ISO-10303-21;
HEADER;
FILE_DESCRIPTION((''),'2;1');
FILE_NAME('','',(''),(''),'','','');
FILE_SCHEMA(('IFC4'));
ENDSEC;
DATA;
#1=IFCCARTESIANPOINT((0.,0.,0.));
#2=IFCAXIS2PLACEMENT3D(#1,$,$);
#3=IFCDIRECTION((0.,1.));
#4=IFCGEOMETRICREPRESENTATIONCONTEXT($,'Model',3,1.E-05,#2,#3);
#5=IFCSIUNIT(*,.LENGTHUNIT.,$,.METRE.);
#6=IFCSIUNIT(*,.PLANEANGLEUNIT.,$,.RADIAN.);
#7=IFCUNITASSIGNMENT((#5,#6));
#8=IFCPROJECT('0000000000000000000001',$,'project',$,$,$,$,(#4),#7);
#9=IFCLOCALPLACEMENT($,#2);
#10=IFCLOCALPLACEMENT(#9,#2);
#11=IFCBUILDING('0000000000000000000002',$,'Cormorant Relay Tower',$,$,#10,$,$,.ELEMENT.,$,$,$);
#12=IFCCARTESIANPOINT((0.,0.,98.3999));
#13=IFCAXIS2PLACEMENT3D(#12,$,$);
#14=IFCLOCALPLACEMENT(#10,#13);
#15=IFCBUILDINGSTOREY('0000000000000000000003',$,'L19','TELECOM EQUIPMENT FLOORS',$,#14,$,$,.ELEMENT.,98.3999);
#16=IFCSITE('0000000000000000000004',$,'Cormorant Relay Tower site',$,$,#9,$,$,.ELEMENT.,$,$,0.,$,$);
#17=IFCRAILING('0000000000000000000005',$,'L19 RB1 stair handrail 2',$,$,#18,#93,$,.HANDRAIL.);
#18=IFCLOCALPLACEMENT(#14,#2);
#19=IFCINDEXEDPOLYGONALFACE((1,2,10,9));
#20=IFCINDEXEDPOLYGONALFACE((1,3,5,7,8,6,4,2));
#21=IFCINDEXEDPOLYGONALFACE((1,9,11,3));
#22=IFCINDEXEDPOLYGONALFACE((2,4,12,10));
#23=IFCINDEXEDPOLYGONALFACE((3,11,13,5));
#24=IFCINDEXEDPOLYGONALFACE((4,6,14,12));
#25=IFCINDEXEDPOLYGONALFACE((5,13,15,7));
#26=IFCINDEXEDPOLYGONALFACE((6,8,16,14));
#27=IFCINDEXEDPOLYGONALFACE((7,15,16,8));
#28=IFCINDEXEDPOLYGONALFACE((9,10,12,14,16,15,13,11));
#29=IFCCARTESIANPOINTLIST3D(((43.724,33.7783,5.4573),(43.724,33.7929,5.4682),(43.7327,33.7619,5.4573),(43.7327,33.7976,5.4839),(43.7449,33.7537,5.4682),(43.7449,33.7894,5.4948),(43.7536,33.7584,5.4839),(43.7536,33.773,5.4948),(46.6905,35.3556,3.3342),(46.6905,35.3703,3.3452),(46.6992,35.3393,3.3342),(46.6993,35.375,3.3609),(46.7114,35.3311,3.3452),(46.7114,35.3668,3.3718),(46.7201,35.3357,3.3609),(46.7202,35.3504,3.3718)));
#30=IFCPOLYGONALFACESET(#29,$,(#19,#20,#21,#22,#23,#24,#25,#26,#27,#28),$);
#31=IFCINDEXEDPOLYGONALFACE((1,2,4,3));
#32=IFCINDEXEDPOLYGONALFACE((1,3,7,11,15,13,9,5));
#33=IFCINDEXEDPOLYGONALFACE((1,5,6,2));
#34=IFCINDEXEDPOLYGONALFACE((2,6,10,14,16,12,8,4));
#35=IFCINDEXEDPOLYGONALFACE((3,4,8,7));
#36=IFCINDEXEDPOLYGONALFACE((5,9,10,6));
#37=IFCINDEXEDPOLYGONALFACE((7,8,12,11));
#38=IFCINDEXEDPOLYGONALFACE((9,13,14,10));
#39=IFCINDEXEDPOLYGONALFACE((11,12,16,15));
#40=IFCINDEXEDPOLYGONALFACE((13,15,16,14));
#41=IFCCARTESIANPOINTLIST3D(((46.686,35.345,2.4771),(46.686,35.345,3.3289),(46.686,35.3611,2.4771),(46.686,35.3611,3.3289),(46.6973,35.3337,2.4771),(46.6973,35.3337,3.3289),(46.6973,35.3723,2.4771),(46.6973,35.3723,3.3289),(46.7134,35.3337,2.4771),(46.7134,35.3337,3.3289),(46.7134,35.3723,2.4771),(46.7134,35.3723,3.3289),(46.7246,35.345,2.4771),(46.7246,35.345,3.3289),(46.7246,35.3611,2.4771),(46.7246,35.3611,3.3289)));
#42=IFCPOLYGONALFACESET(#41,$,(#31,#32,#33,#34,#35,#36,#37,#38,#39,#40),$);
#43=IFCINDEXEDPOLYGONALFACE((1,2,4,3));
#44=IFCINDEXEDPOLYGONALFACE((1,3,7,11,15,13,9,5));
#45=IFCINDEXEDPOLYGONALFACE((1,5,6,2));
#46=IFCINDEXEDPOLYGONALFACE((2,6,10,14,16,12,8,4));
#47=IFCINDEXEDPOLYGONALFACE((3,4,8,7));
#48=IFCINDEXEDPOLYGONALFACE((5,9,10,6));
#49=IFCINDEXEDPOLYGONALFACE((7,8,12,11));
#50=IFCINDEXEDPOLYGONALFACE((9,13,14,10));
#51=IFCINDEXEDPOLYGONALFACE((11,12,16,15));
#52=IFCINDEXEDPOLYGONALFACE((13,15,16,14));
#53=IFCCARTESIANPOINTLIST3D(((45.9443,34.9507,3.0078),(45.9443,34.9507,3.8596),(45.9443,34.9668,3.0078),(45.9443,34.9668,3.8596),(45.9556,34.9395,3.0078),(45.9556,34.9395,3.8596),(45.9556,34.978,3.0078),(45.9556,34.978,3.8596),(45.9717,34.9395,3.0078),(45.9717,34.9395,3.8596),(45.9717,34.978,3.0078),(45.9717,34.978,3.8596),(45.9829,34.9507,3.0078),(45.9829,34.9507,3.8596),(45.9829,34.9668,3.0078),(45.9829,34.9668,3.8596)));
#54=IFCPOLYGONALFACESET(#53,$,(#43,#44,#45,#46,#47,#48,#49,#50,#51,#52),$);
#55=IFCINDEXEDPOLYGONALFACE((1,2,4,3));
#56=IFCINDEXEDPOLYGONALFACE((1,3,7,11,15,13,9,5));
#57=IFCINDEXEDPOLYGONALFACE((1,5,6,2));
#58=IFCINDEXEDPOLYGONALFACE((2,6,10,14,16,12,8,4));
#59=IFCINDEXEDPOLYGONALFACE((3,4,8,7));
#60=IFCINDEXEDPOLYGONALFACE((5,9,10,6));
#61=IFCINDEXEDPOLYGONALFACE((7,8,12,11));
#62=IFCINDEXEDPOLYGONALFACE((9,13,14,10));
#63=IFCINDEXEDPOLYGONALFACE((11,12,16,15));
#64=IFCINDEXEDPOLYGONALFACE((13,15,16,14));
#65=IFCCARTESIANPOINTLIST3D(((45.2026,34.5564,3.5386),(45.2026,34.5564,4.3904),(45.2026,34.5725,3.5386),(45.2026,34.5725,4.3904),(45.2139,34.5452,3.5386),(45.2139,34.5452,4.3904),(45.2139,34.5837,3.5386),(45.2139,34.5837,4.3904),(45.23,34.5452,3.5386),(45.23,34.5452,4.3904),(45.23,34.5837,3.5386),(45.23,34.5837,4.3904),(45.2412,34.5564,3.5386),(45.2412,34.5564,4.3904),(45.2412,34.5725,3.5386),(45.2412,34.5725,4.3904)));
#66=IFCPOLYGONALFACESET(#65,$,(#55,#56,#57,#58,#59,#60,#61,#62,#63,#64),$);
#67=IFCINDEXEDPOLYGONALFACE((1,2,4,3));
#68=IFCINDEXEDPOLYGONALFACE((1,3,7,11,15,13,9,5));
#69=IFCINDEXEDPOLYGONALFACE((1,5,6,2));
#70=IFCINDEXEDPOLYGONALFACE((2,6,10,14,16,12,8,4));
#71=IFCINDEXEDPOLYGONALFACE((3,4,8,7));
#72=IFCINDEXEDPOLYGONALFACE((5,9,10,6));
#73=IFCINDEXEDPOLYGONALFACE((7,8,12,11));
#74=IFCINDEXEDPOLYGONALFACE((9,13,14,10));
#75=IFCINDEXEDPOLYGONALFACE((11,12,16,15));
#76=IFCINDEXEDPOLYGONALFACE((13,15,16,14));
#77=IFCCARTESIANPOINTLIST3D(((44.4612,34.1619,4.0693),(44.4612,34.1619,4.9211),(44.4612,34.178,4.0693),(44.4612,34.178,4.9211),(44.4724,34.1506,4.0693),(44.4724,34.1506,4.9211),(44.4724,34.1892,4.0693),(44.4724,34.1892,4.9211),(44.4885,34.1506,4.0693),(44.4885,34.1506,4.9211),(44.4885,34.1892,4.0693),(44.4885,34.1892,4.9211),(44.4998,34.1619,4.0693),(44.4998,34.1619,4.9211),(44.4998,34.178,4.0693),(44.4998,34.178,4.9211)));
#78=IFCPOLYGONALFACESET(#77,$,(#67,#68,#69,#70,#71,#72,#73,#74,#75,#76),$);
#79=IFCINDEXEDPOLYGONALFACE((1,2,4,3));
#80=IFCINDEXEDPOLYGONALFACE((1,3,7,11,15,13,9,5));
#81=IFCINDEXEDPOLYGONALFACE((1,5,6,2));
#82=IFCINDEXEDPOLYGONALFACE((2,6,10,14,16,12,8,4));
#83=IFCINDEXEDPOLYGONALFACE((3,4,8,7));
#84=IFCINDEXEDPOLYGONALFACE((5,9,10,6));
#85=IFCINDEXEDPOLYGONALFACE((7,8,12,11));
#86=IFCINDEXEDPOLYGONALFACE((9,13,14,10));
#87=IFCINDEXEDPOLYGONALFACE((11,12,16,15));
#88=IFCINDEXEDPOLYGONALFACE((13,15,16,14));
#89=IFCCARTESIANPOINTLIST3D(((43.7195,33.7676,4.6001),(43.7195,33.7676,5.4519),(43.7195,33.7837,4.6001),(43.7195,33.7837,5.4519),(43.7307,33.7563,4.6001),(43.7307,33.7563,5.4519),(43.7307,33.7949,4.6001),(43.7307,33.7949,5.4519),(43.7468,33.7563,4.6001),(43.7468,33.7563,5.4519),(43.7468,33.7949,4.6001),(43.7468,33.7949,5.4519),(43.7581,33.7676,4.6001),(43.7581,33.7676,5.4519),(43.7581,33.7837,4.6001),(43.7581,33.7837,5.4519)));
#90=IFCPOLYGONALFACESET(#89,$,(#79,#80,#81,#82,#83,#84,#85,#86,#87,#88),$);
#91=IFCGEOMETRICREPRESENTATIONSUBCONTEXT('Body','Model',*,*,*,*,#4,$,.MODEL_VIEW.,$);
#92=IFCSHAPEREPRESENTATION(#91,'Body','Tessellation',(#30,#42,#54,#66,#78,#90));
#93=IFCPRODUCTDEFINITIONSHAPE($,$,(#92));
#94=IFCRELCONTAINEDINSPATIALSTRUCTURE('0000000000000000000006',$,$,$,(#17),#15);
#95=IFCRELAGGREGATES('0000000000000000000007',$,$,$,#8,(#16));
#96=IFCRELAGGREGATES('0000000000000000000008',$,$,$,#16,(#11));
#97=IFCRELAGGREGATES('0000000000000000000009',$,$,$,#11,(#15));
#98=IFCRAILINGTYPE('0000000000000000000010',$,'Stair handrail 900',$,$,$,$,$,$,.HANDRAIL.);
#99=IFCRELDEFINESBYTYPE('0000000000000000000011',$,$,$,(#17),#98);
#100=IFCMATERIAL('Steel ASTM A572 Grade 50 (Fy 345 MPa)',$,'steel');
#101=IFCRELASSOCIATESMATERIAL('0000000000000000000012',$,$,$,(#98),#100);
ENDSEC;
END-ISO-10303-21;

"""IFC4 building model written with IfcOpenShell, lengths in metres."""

from ifc_helpers import new_model, si_unit, direction, frame, origin, place, context, subcontext, project, spatial, polyline, outline, extrude, material, type_object, element, save


model = new_model("IFC4")

# Units and contexts
model_context = context("Model", 3, precision=1e-05, world=origin(), true_north=direction((0.0, 1.0)))
body_context = subcontext(model_context, "Body", "Model", "MODEL_VIEW")
ifc_project = project(units=[si_unit("LENGTHUNIT", "METRE"), si_unit("PLANEANGLEUNIT", "RADIAN")], contexts=[model_context])

# Site, building, storey
site_placement = place(None, origin())
site = spatial("IfcSite", under=ifc_project, at=site_placement, Name="Cormorant Relay Tower site", CompositionType="ELEMENT", RefElevation=0.0)
building_placement = place(site_placement, origin())
building = spatial("IfcBuilding", under=site, at=building_placement, Name="Cormorant Relay Tower", CompositionType="ELEMENT")
storey_placement = place(building_placement, frame((0.0, 0.0, 98.3999)))
storey = spatial("IfcBuildingStorey", under=building, at=storey_placement, Name="L19", Description="TELECOM EQUIPMENT FLOORS", CompositionType="ELEMENT", Elevation=98.3999)

# Railing
ifc_material_1 = material(Name="Steel ASTM A572 Grade 50 (Fy 345 MPa)", Category="steel")
railing_type_1 = type_object("IfcRailingType", Name="Stair handrail 900", PredefinedType="HANDRAIL", material=ifc_material_1)
railing_1_placement = place(storey_placement, frame((46.7053, 35.353, 2.4771)))
element("IfcRailing", 1, at=railing_1_placement, inside=storey, type_object=railing_type_1, Name="L19 RB1 stair handrail 2", PredefinedType="HANDRAIL", context=body_context, shape_type="SweptSolid", body=[
    extrude(outline(polyline([(0.0222, 0.0093), (0.0093, 0.0222), (-0.0093, 0.0222), (-0.0222, 0.0093), (-0.0222, -0.0093), (-0.0093, -0.0222), (0.0093, -0.0222), (0.0222, -0.0093), (0.0222, 0.0093)])), frame((0.0, 0.0, 0.876), z_axis=(-0.746413, -0.396887, 0.534179), x_axis=(0.469483, -0.882942, 0.0)), (0.0, 0.0, 1.0), 3.9744),
    extrude(outline(polyline([(0.0193, 0.0081), (0.0081, 0.0193), (-0.0081, 0.0193), (-0.0193, 0.0081), (-0.0193, -0.0081), (-0.0081, -0.0193), (0.0081, -0.0193), (0.0193, -0.0081), (0.0193, 0.0081)])), origin(), (0.0, 0.0, 1.0), 0.8518),
    extrude(outline(polyline([(0.0193, 0.0081), (0.0081, 0.0193), (-0.0081, 0.0193), (-0.0193, 0.0081), (-0.0193, -0.0081), (-0.0081, -0.0193), (0.0081, -0.0193), (0.0193, -0.0081), (0.0193, 0.0081)])), frame((-0.7417, -0.3943, 0.5308)), (0.0, 0.0, 1.0), 0.8518),
    extrude(outline(polyline([(0.0193, 0.0081), (0.0081, 0.0193), (-0.0081, 0.0193), (-0.0193, 0.0081), (-0.0193, -0.0081), (-0.0081, -0.0193), (0.0081, -0.0193), (0.0193, -0.0081), (0.0193, 0.0081)])), frame((-1.4834, -0.7886, 1.0615)), (0.0, 0.0, 1.0), 0.8518),
    extrude(outline(polyline([(0.0193, 0.0081), (0.0081, 0.0193), (-0.0081, 0.0193), (-0.0193, 0.0081), (-0.0193, -0.0081), (-0.0081, -0.0193), (0.0081, -0.0193), (0.0193, -0.0081), (0.0193, 0.0081)])), frame((-2.2249, -1.1831, 1.5923)), (0.0, 0.0, 1.0), 0.8518),
    extrude(outline(polyline([(0.0193, 0.0081), (0.0081, 0.0193), (-0.0081, 0.0193), (-0.0193, 0.0081), (-0.0193, -0.0081), (-0.0081, -0.0193), (0.0081, -0.0193), (0.0193, -0.0081), (0.0193, 0.0081)])), frame((-2.9666, -1.5774, 2.123)), (0.0, 0.0, 1.0), 0.8518),
])

save(model, "model.ifc")
